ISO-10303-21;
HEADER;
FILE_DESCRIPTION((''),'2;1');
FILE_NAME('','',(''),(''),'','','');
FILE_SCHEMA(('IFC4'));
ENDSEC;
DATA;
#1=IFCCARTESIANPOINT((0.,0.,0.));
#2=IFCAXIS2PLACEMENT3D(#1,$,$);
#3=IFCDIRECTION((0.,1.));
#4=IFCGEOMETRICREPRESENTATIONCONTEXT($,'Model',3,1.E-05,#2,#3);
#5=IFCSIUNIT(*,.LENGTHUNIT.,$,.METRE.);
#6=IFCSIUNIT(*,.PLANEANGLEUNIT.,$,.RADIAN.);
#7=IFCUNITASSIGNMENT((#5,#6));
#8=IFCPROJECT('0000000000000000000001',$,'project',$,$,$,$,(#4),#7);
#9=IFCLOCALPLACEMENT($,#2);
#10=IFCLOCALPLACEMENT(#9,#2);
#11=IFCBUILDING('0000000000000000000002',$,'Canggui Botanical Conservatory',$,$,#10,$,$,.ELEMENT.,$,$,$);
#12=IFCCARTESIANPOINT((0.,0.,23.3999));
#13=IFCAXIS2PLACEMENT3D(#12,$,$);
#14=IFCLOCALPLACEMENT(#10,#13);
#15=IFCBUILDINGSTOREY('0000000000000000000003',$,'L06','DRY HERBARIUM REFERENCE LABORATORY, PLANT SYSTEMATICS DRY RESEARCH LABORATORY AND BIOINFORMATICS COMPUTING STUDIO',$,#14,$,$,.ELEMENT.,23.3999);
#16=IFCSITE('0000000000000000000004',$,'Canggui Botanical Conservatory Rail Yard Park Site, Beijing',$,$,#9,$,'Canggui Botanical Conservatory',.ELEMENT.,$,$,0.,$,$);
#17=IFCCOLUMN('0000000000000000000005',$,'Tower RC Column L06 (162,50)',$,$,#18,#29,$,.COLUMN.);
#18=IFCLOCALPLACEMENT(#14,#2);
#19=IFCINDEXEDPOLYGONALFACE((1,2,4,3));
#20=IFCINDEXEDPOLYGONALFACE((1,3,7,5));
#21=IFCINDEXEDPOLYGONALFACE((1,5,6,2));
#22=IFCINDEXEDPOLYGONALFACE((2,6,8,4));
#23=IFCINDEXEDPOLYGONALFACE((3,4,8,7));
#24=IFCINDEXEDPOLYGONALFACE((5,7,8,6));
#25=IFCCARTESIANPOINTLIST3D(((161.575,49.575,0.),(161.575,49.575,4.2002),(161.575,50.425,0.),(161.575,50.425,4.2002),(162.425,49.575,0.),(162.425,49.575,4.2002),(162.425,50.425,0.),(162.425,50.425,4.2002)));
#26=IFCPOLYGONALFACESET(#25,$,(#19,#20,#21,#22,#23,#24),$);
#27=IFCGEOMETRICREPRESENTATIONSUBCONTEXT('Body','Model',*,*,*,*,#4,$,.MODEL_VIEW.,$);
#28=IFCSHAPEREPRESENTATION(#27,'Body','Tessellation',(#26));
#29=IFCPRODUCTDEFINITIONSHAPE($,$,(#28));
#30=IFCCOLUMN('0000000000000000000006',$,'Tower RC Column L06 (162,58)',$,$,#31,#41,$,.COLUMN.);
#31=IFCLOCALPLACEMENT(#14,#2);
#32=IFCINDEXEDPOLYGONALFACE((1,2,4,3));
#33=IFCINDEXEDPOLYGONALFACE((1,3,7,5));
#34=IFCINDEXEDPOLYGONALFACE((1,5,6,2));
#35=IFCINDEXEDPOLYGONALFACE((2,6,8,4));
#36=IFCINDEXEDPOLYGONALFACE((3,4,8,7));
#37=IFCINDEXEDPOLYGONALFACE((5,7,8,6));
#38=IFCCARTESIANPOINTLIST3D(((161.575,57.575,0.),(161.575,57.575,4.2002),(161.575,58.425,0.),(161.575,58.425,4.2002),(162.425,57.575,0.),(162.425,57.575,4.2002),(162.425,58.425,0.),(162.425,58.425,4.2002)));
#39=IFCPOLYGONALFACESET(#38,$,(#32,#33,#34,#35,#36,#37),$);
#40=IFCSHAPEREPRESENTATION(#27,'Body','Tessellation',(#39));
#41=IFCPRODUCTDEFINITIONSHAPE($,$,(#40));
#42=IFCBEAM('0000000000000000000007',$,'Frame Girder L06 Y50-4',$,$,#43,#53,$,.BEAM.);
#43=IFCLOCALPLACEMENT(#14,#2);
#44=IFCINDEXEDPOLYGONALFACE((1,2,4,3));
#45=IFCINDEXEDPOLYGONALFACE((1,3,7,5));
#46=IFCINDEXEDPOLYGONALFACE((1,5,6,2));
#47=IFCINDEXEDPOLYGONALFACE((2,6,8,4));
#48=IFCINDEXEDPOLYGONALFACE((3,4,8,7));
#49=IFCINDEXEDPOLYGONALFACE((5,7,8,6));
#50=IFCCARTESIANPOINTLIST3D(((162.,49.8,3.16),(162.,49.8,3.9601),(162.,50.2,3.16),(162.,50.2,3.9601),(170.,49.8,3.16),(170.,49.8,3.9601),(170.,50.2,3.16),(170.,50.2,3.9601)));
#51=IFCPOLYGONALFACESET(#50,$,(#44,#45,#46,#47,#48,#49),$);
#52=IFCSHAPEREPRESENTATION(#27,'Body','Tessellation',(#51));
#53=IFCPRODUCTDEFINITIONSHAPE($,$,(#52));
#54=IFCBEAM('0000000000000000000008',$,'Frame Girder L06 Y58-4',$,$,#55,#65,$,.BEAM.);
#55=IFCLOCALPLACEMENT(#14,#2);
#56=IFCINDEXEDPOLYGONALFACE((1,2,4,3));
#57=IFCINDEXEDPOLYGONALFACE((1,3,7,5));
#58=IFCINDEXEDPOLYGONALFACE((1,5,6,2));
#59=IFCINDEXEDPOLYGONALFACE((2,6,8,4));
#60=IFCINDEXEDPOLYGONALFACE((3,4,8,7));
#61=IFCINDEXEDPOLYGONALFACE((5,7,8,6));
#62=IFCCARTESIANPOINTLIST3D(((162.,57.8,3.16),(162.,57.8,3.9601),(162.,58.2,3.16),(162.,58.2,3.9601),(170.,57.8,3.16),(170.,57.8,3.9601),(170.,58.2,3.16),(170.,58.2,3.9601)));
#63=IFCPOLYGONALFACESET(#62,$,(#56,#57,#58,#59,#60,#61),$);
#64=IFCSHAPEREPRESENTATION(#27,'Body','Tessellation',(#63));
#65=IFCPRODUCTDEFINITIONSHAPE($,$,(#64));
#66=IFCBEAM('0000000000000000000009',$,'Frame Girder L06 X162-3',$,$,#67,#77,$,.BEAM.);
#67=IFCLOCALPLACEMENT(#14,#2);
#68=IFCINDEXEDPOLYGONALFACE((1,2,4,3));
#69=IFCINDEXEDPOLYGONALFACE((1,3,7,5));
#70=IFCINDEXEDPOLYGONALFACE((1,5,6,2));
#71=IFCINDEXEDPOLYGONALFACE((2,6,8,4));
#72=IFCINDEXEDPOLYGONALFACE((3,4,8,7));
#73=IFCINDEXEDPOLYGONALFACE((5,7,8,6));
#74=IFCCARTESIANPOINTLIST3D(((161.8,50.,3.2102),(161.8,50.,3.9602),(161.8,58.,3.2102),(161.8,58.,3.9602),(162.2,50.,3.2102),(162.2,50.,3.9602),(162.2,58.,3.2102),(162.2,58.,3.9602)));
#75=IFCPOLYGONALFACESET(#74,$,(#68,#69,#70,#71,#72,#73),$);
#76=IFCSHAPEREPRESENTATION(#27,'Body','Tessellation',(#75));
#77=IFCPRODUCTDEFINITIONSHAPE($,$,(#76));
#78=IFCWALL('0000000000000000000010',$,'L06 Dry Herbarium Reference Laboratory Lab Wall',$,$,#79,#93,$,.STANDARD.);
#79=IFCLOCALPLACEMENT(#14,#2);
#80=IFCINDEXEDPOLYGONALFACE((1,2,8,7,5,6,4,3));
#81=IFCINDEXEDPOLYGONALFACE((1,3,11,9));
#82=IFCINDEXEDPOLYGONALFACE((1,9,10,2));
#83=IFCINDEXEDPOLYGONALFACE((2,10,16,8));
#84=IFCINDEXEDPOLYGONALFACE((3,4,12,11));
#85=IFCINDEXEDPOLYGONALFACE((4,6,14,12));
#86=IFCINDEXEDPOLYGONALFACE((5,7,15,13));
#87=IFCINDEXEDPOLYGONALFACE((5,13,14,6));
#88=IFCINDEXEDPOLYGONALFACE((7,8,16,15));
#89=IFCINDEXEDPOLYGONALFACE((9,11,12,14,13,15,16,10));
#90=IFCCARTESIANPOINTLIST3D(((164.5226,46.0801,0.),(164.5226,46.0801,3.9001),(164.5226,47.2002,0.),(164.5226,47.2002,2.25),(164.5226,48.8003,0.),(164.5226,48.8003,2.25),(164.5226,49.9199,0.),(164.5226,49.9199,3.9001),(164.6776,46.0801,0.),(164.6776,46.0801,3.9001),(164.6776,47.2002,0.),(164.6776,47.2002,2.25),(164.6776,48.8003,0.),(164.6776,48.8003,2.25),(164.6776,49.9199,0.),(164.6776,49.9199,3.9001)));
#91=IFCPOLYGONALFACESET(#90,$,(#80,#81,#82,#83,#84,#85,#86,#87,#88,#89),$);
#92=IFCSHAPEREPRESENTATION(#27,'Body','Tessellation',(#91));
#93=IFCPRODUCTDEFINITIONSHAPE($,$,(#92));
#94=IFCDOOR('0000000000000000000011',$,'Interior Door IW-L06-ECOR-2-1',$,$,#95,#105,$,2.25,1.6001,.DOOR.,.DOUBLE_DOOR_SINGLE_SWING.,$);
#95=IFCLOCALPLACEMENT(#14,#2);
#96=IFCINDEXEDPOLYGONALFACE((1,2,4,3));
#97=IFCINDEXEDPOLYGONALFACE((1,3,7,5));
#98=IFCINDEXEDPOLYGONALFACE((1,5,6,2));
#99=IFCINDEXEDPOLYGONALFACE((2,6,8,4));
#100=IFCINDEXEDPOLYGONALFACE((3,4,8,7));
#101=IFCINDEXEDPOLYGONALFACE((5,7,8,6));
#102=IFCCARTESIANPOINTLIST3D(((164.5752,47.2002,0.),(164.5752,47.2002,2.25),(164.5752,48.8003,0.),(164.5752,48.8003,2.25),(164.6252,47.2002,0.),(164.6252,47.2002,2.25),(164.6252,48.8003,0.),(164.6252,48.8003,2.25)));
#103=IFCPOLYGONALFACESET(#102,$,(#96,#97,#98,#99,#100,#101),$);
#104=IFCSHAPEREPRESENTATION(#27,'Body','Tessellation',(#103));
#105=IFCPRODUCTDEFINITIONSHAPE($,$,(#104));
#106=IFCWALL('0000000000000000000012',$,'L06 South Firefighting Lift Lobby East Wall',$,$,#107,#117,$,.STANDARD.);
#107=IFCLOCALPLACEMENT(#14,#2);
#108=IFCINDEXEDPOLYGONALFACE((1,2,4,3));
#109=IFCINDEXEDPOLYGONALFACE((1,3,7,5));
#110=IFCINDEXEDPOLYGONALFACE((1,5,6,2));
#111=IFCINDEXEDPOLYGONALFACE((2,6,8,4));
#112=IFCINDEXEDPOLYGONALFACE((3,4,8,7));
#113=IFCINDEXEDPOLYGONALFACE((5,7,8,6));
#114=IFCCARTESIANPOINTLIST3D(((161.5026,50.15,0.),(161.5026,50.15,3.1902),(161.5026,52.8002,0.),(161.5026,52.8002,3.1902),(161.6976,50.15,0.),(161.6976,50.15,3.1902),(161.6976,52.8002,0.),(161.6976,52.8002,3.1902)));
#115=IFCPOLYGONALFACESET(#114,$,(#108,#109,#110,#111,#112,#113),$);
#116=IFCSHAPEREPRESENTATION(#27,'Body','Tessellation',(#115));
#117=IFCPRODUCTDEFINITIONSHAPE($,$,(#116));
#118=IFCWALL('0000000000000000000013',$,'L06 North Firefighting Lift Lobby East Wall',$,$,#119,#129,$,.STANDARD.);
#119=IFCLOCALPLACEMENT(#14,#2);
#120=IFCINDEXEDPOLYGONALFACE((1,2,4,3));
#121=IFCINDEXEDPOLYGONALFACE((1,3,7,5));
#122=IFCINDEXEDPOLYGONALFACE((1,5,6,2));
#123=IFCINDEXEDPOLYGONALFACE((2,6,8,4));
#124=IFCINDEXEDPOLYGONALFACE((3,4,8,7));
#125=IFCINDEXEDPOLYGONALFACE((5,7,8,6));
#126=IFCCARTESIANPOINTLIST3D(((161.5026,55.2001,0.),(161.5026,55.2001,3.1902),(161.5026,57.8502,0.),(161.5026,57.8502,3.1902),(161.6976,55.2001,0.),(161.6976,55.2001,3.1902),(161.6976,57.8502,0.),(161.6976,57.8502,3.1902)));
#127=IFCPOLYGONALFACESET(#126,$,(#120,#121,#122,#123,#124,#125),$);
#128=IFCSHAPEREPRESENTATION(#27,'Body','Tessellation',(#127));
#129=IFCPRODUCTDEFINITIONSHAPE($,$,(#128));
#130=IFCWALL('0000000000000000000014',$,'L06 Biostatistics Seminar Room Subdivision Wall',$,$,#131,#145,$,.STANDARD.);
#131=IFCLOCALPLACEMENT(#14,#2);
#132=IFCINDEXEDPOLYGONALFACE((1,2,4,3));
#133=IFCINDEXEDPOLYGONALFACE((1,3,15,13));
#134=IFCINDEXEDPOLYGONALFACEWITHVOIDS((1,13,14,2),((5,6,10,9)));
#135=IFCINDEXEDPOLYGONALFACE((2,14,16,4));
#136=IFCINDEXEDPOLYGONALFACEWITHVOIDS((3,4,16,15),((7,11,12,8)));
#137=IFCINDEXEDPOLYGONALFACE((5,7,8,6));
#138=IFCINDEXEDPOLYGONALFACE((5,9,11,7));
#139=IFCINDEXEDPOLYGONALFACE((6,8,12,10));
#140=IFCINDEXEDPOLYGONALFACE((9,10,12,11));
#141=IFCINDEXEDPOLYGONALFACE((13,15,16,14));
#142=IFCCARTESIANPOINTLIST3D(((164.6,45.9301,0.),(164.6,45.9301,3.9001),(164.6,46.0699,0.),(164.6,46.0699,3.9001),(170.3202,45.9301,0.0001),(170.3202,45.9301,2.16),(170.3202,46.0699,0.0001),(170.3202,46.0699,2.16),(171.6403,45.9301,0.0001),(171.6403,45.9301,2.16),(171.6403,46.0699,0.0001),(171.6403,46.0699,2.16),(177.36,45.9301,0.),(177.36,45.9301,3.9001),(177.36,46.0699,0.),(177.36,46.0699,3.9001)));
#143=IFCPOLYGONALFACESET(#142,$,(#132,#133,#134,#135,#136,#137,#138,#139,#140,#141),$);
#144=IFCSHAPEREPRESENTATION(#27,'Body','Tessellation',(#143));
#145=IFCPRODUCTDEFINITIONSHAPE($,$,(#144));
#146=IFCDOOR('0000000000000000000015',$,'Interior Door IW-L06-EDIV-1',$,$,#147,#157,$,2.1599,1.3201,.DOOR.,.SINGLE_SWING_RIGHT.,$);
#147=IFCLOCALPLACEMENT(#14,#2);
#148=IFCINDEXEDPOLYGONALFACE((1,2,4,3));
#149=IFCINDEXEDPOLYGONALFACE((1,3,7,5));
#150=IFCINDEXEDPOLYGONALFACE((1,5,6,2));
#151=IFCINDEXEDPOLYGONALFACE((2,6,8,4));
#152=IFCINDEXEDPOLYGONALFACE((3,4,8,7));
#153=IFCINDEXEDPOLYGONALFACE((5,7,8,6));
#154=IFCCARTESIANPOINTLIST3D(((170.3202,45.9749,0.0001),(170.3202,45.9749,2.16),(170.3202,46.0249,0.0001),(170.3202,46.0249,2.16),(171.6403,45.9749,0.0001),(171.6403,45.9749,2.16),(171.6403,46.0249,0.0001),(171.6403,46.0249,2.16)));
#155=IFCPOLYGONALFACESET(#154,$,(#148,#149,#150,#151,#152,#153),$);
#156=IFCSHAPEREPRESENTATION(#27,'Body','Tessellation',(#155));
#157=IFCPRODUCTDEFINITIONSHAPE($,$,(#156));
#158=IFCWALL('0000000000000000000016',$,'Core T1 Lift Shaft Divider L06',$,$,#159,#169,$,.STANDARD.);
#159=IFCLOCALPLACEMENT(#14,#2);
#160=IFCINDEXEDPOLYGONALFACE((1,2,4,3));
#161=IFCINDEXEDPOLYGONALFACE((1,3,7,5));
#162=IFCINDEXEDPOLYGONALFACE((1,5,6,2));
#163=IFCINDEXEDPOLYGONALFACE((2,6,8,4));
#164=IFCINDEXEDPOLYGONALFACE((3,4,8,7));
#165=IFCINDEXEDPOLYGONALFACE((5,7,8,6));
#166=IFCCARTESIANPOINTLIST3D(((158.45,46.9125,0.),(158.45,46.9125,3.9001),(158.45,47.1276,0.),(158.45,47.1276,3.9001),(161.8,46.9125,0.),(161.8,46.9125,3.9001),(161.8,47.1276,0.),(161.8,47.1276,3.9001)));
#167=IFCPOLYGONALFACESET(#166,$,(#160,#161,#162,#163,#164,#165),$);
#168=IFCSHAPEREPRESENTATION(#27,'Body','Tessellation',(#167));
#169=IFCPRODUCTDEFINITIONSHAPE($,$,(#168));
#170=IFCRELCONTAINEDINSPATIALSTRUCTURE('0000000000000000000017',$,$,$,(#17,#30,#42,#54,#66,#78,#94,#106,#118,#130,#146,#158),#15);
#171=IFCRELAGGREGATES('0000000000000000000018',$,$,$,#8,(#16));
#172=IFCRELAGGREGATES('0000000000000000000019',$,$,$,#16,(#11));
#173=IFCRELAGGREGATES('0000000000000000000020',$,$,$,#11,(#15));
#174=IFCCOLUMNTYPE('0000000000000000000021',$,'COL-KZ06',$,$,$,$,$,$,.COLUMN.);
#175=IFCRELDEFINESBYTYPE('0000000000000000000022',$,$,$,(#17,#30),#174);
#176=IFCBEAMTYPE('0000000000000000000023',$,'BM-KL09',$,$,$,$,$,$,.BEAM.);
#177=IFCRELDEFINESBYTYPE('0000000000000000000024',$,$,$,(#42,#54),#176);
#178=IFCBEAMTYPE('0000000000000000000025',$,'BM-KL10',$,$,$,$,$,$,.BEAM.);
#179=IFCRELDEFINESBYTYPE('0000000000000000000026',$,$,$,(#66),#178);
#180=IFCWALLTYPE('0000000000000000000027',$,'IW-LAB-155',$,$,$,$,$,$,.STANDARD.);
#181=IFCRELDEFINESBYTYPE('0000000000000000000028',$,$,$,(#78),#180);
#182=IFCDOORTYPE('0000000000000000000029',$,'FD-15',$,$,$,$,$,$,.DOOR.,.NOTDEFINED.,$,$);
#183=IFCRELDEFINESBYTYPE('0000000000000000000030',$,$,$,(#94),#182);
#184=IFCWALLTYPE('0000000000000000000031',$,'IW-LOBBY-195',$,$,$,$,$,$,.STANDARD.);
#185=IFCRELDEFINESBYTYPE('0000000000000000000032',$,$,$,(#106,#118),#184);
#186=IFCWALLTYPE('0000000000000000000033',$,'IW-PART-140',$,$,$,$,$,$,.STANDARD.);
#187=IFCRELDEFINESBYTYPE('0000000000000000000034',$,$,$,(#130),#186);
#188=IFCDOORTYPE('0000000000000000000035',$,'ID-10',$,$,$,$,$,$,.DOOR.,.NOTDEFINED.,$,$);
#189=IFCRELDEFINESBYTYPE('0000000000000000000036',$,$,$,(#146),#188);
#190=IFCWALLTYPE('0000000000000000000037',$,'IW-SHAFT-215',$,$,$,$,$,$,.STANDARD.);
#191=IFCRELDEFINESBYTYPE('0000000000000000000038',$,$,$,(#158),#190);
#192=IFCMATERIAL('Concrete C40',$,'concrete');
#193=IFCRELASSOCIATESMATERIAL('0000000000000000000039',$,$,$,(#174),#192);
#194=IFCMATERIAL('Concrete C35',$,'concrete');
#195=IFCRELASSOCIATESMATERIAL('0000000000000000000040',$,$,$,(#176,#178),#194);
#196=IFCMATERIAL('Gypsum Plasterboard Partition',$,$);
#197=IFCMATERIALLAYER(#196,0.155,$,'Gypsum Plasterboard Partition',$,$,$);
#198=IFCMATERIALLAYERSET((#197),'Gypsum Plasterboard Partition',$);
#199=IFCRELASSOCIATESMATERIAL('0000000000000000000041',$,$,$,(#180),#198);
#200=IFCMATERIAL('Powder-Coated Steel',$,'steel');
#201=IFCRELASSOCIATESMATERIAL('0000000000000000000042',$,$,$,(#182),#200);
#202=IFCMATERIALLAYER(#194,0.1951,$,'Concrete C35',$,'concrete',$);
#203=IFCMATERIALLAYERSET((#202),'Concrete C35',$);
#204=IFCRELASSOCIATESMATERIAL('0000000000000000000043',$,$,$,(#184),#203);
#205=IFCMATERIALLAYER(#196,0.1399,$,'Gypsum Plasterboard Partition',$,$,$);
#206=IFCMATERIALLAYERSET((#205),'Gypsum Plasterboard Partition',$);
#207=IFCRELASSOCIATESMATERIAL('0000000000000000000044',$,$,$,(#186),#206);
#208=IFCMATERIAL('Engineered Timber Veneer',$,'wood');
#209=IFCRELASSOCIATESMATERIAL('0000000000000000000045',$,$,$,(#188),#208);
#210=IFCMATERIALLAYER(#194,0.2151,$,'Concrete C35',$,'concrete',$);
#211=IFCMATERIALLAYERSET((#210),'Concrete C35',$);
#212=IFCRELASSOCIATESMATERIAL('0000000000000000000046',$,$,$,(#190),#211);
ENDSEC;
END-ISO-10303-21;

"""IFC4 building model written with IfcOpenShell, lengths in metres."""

from ifc_helpers import new_model, si_unit, direction, frame, frame_2d, origin, origin_2d, place, context, subcontext, project, spatial, rectangle, extrude, material, layer, layer_set, material_profile, profile_set, type_object, element, fill, save


model = new_model("IFC4")

# Units and contexts
model_context = context("Model", 3, precision=1e-05, world=origin(), true_north=direction((0.0, 1.0)))
body_context = subcontext(model_context, "Body", "Model", "MODEL_VIEW")
ifc_project = project(units=[si_unit("LENGTHUNIT", "METRE"), si_unit("PLANEANGLEUNIT", "RADIAN")], contexts=[model_context])

# Site, building, storey
site_placement = place(None, origin())
site = spatial("IfcSite", under=ifc_project, at=site_placement, Name="Canggui Botanical Conservatory Rail Yard Park Site, Beijing", LongName="Canggui Botanical Conservatory", CompositionType="ELEMENT", RefElevation=0.0)
building_placement = place(site_placement, origin())
building = spatial("IfcBuilding", under=site, at=building_placement, Name="Canggui Botanical Conservatory", CompositionType="ELEMENT")
storey_placement = place(building_placement, frame((0.0, 0.0, 23.3999)))
storey = spatial("IfcBuildingStorey", under=building, at=storey_placement, Name="L06", Description="DRY HERBARIUM REFERENCE LABORATORY, PLANT SYSTEMATICS DRY RESEARCH LABORATORY AND BIOINFORMATICS COMPUTING STUDIO", CompositionType="ELEMENT", Elevation=23.3999)

# Columns
ifc_material_1 = material(Name="Concrete C40", Category="concrete")
ifc_material_profile_1 = material_profile(ifc_material_1, rectangle(XDim=0.8501, YDim=0.8501, at=origin_2d()), Name="RC 850x850")
ifc_profile_set_1 = profile_set([ifc_material_profile_1], Name="Concrete C40")
column_type = type_object("IfcColumnType", Name="COL-KZ06", PredefinedType="COLUMN", material=ifc_profile_set_1)
for number, where, z_axis, x_axis, name in (
    (1, (162.0, 50.0, 0.0), (0.0, 0.0, 1.0), (1.0, 0.0, 0.0), "Tower RC Column L06 (162,50)"),
    (2, (162.0, 58.0, 0.0), (0.0, 0.0, 1.0), (1.0, 0.0, 0.0), "Tower RC Column L06 (162,58)"),
):
    element("IfcColumn", number, at=place(storey_placement, frame(where, z_axis=z_axis, x_axis=x_axis)), inside=storey, type_object=column_type, Name=name, PredefinedType="COLUMN", context=body_context, shape_type="SweptSolid", body=[
        extrude(rectangle(XDim=0.8501, YDim=0.8501, at=origin_2d()), origin(), (0.0, 0.0, 1.0), 4.2002),
    ])

# Beams
ifc_material_2 = material(Name="Concrete C35", Category="concrete")
ifc_material_profile_2 = material_profile(ifc_material_2, rectangle(XDim=0.3999, YDim=0.8, at=origin_2d()), Name="RB 400x800")
ifc_profile_set_2 = profile_set([ifc_material_profile_2], Name="Concrete C35")
beam_type_1 = type_object("IfcBeamType", Name="BM-KL09", PredefinedType="BEAM", material=ifc_profile_set_2)
for number, where, z_axis, x_axis, name in (
    (3, (162.0, 50.0, 3.5601), (1.0, 0.0, 0.0), (0.0, 1.0, 0.0), "Frame Girder L06 Y50-4"),
    (4, (162.0, 58.0, 3.5601), (1.0, 0.0, 0.0), (0.0, 1.0, 0.0), "Frame Girder L06 Y58-4"),
):
    element("IfcBeam", number, at=place(storey_placement, frame(where, z_axis=z_axis, x_axis=x_axis)), inside=storey, type_object=beam_type_1, Name=name, PredefinedType="BEAM", context=body_context, shape_type="SweptSolid", body=[
        extrude(rectangle(XDim=0.3999, YDim=0.8, at=origin_2d()), origin(), (0.0, 0.0, 1.0), 8.0),
    ])
ifc_material_profile_3 = material_profile(ifc_material_2, rectangle(XDim=0.3999, YDim=0.75, at=origin_2d()), Name="RB 400x750")
ifc_profile_set_3 = profile_set([ifc_material_profile_3], Name="Concrete C35")
beam_type_2 = type_object("IfcBeamType", Name="BM-KL10", PredefinedType="BEAM", material=ifc_profile_set_3)
beam_placement = place(storey_placement, frame((162.0, 50.0, 3.5852), z_axis=(0.0, 1.0, 0.0), x_axis=(-1.0, 0.0, 0.0)))
element("IfcBeam", 5, at=beam_placement, inside=storey, type_object=beam_type_2, Name="Frame Girder L06 X162-3", PredefinedType="BEAM", context=body_context, shape_type="SweptSolid", body=[
    extrude(rectangle(XDim=0.3999, YDim=0.75, at=origin_2d()), origin(), (0.0, 0.0, 1.0), 8.0),
])

# Wall, opening, door
ifc_material_3 = material(Name="Gypsum Plasterboard Partition")
ifc_layer_1 = layer(ifc_material_3, 0.155, Name="Gypsum Plasterboard Partition")
ifc_layer_set_1 = layer_set([ifc_layer_1], Name="Gypsum Plasterboard Partition")
wall_type_1 = type_object("IfcWallType", Name="IW-LAB-155", PredefinedType="STANDARD", material=ifc_layer_set_1)
wall_1_placement = place(storey_placement, frame((164.6001, 46.0801, 0.0), z_axis=(0.0, 0.0, 1.0), x_axis=(0.0, 1.0, 0.0)))
wall_1 = element("IfcWall", 6, at=wall_1_placement, inside=storey, type_object=wall_type_1, Name="L06 Dry Herbarium Reference Laboratory Lab Wall", PredefinedType="STANDARD", context=body_context, shape_type="SweptSolid", body=[
    extrude(rectangle(XDim=3.8398, YDim=0.155, at=frame_2d((1.9199, 0.0))), origin(), (0.0, 0.0, 1.0), 3.9001),
])
opening_1_placement = place(wall_1_placement, frame((1.1201, 0.0, 0.0)))
opening_1 = element("IfcOpeningElement", 7, at=opening_1_placement, cuts=wall_1, PredefinedType="OPENING", context=body_context, shape_type="SweptSolid", body=[
    extrude(rectangle(XDim=1.6001, YDim=2.25, at=frame_2d((0.8, 1.125))), frame((0.0, 0.0874, 0.0), z_axis=(0.0, -1.0, 0.0), x_axis=(1.0, 0.0, 0.0)), (0.0, 0.0, 1.0), 0.175),
])
ifc_material_4 = material(Name="Powder-Coated Steel", Category="steel")
door_type_1 = type_object("IfcDoorType", Name="FD-15", OperationType="NOTDEFINED", PredefinedType="DOOR", material=ifc_material_4)
door_1_placement = place(opening_1_placement, origin())
door_1 = element("IfcDoor", 8, at=door_1_placement, inside=storey, type_object=door_type_1, Name="Interior Door IW-L06-ECOR-2-1", OperationType="DOUBLE_DOOR_SINGLE_SWING", OverallHeight=2.25, OverallWidth=1.6001, PredefinedType="DOOR", context=body_context, shape_type="SweptSolid", body=[
    extrude(rectangle(XDim=1.6001, YDim=2.25, at=frame_2d((0.8, 1.125))), frame((0.0, 0.0249, 0.0), z_axis=(0.0, -1.0, 0.0), x_axis=(1.0, 0.0, 0.0)), (0.0, 0.0, 1.0), 0.05),
])
fill(opening_1, door_1)

# Walls
ifc_layer_2 = layer(ifc_material_2, 0.1951, Name="Concrete C35", Category="concrete")
ifc_layer_set_2 = layer_set([ifc_layer_2], Name="Concrete C35")
wall_type_2 = type_object("IfcWallType", Name="IW-LOBBY-195", PredefinedType="STANDARD", material=ifc_layer_set_2)
for number, where, z_axis, x_axis, name in (
    (9, (161.6001, 50.1499, 0.0), (0.0, 0.0, 1.0), (0.0, 1.0, 0.0), "L06 South Firefighting Lift Lobby East Wall"),
    (10, (161.6001, 55.2, 0.0), (0.0, 0.0, 1.0), (0.0, 1.0, 0.0), "L06 North Firefighting Lift Lobby East Wall"),
):
    element("IfcWall", number, at=place(storey_placement, frame(where, z_axis=z_axis, x_axis=x_axis)), inside=storey, type_object=wall_type_2, Name=name, PredefinedType="STANDARD", context=body_context, shape_type="SweptSolid", body=[
        extrude(rectangle(XDim=2.6501, YDim=0.1951, at=frame_2d((1.3252, 0.0))), origin(), (0.0, 0.0, 1.0), 3.1902),
    ])

# Wall, opening, door
ifc_layer_3 = layer(ifc_material_3, 0.1399, Name="Gypsum Plasterboard Partition")
ifc_layer_set_3 = layer_set([ifc_layer_3], Name="Gypsum Plasterboard Partition")
wall_type_3 = type_object("IfcWallType", Name="IW-PART-140", PredefinedType="STANDARD", material=ifc_layer_set_3)
wall_2_placement = place(storey_placement, frame((164.6001, 46.0, 0.0), z_axis=(0.0, 0.0, 1.0), x_axis=(1.0, 0.0, 0.0)))
wall_2 = element("IfcWall", 11, at=wall_2_placement, inside=storey, type_object=wall_type_3, Name="L06 Biostatistics Seminar Room Subdivision Wall", PredefinedType="STANDARD", context=body_context, shape_type="SweptSolid", body=[
    extrude(rectangle(XDim=12.76, YDim=0.1399, at=frame_2d((6.3799, 0.0))), origin(), (0.0, 0.0, 1.0), 3.9001),
])
opening_2_placement = place(wall_2_placement, frame((5.72, 0.0, 0.0)))
opening_2 = element("IfcOpeningElement", 12, at=opening_2_placement, cuts=wall_2, PredefinedType="OPENING", context=body_context, shape_type="SweptSolid", body=[
    extrude(rectangle(XDim=1.3201, YDim=2.1599, at=frame_2d((0.6602, 1.0801))), frame((0.0, 0.0801, 0.0), z_axis=(0.0, -1.0, 0.0), x_axis=(1.0, 0.0, 0.0)), (0.0, 0.0, 1.0), 0.1599),
])
ifc_material_5 = material(Name="Engineered Timber Veneer", Category="wood")
door_type_2 = type_object("IfcDoorType", Name="ID-10", OperationType="NOTDEFINED", PredefinedType="DOOR", material=ifc_material_5)
door_2_placement = place(opening_2_placement, origin())
door_2 = element("IfcDoor", 13, at=door_2_placement, inside=storey, type_object=door_type_2, Name="Interior Door IW-L06-EDIV-1", OperationType="SINGLE_SWING_RIGHT", OverallHeight=2.1599, OverallWidth=1.3201, PredefinedType="DOOR", context=body_context, shape_type="SweptSolid", body=[
    extrude(rectangle(XDim=1.3201, YDim=2.1599, at=frame_2d((0.6602, 1.0801))), frame((0.0, 0.0249, 0.0), z_axis=(0.0, -1.0, 0.0), x_axis=(1.0, 0.0, 0.0)), (0.0, 0.0, 1.0), 0.05),
])
fill(opening_2, door_2)

# Wall
ifc_layer_4 = layer(ifc_material_2, 0.2151, Name="Concrete C35", Category="concrete")
ifc_layer_set_4 = layer_set([ifc_layer_4], Name="Concrete C35")
wall_type_4 = type_object("IfcWallType", Name="IW-SHAFT-215", PredefinedType="STANDARD", material=ifc_layer_set_4)
wall_3_placement = place(storey_placement, frame((158.45, 47.02, 0.0), z_axis=(0.0, 0.0, 1.0), x_axis=(1.0, 0.0, 0.0)))
element("IfcWall", 14, at=wall_3_placement, inside=storey, type_object=wall_type_4, Name="Core T1 Lift Shaft Divider L06", PredefinedType="STANDARD", context=body_context, shape_type="SweptSolid", body=[
    extrude(rectangle(XDim=3.3501, YDim=0.2151, at=frame_2d((1.675, 0.0))), origin(), (0.0, 0.0, 1.0), 3.9001),
])

save(model, "model.ifc")
